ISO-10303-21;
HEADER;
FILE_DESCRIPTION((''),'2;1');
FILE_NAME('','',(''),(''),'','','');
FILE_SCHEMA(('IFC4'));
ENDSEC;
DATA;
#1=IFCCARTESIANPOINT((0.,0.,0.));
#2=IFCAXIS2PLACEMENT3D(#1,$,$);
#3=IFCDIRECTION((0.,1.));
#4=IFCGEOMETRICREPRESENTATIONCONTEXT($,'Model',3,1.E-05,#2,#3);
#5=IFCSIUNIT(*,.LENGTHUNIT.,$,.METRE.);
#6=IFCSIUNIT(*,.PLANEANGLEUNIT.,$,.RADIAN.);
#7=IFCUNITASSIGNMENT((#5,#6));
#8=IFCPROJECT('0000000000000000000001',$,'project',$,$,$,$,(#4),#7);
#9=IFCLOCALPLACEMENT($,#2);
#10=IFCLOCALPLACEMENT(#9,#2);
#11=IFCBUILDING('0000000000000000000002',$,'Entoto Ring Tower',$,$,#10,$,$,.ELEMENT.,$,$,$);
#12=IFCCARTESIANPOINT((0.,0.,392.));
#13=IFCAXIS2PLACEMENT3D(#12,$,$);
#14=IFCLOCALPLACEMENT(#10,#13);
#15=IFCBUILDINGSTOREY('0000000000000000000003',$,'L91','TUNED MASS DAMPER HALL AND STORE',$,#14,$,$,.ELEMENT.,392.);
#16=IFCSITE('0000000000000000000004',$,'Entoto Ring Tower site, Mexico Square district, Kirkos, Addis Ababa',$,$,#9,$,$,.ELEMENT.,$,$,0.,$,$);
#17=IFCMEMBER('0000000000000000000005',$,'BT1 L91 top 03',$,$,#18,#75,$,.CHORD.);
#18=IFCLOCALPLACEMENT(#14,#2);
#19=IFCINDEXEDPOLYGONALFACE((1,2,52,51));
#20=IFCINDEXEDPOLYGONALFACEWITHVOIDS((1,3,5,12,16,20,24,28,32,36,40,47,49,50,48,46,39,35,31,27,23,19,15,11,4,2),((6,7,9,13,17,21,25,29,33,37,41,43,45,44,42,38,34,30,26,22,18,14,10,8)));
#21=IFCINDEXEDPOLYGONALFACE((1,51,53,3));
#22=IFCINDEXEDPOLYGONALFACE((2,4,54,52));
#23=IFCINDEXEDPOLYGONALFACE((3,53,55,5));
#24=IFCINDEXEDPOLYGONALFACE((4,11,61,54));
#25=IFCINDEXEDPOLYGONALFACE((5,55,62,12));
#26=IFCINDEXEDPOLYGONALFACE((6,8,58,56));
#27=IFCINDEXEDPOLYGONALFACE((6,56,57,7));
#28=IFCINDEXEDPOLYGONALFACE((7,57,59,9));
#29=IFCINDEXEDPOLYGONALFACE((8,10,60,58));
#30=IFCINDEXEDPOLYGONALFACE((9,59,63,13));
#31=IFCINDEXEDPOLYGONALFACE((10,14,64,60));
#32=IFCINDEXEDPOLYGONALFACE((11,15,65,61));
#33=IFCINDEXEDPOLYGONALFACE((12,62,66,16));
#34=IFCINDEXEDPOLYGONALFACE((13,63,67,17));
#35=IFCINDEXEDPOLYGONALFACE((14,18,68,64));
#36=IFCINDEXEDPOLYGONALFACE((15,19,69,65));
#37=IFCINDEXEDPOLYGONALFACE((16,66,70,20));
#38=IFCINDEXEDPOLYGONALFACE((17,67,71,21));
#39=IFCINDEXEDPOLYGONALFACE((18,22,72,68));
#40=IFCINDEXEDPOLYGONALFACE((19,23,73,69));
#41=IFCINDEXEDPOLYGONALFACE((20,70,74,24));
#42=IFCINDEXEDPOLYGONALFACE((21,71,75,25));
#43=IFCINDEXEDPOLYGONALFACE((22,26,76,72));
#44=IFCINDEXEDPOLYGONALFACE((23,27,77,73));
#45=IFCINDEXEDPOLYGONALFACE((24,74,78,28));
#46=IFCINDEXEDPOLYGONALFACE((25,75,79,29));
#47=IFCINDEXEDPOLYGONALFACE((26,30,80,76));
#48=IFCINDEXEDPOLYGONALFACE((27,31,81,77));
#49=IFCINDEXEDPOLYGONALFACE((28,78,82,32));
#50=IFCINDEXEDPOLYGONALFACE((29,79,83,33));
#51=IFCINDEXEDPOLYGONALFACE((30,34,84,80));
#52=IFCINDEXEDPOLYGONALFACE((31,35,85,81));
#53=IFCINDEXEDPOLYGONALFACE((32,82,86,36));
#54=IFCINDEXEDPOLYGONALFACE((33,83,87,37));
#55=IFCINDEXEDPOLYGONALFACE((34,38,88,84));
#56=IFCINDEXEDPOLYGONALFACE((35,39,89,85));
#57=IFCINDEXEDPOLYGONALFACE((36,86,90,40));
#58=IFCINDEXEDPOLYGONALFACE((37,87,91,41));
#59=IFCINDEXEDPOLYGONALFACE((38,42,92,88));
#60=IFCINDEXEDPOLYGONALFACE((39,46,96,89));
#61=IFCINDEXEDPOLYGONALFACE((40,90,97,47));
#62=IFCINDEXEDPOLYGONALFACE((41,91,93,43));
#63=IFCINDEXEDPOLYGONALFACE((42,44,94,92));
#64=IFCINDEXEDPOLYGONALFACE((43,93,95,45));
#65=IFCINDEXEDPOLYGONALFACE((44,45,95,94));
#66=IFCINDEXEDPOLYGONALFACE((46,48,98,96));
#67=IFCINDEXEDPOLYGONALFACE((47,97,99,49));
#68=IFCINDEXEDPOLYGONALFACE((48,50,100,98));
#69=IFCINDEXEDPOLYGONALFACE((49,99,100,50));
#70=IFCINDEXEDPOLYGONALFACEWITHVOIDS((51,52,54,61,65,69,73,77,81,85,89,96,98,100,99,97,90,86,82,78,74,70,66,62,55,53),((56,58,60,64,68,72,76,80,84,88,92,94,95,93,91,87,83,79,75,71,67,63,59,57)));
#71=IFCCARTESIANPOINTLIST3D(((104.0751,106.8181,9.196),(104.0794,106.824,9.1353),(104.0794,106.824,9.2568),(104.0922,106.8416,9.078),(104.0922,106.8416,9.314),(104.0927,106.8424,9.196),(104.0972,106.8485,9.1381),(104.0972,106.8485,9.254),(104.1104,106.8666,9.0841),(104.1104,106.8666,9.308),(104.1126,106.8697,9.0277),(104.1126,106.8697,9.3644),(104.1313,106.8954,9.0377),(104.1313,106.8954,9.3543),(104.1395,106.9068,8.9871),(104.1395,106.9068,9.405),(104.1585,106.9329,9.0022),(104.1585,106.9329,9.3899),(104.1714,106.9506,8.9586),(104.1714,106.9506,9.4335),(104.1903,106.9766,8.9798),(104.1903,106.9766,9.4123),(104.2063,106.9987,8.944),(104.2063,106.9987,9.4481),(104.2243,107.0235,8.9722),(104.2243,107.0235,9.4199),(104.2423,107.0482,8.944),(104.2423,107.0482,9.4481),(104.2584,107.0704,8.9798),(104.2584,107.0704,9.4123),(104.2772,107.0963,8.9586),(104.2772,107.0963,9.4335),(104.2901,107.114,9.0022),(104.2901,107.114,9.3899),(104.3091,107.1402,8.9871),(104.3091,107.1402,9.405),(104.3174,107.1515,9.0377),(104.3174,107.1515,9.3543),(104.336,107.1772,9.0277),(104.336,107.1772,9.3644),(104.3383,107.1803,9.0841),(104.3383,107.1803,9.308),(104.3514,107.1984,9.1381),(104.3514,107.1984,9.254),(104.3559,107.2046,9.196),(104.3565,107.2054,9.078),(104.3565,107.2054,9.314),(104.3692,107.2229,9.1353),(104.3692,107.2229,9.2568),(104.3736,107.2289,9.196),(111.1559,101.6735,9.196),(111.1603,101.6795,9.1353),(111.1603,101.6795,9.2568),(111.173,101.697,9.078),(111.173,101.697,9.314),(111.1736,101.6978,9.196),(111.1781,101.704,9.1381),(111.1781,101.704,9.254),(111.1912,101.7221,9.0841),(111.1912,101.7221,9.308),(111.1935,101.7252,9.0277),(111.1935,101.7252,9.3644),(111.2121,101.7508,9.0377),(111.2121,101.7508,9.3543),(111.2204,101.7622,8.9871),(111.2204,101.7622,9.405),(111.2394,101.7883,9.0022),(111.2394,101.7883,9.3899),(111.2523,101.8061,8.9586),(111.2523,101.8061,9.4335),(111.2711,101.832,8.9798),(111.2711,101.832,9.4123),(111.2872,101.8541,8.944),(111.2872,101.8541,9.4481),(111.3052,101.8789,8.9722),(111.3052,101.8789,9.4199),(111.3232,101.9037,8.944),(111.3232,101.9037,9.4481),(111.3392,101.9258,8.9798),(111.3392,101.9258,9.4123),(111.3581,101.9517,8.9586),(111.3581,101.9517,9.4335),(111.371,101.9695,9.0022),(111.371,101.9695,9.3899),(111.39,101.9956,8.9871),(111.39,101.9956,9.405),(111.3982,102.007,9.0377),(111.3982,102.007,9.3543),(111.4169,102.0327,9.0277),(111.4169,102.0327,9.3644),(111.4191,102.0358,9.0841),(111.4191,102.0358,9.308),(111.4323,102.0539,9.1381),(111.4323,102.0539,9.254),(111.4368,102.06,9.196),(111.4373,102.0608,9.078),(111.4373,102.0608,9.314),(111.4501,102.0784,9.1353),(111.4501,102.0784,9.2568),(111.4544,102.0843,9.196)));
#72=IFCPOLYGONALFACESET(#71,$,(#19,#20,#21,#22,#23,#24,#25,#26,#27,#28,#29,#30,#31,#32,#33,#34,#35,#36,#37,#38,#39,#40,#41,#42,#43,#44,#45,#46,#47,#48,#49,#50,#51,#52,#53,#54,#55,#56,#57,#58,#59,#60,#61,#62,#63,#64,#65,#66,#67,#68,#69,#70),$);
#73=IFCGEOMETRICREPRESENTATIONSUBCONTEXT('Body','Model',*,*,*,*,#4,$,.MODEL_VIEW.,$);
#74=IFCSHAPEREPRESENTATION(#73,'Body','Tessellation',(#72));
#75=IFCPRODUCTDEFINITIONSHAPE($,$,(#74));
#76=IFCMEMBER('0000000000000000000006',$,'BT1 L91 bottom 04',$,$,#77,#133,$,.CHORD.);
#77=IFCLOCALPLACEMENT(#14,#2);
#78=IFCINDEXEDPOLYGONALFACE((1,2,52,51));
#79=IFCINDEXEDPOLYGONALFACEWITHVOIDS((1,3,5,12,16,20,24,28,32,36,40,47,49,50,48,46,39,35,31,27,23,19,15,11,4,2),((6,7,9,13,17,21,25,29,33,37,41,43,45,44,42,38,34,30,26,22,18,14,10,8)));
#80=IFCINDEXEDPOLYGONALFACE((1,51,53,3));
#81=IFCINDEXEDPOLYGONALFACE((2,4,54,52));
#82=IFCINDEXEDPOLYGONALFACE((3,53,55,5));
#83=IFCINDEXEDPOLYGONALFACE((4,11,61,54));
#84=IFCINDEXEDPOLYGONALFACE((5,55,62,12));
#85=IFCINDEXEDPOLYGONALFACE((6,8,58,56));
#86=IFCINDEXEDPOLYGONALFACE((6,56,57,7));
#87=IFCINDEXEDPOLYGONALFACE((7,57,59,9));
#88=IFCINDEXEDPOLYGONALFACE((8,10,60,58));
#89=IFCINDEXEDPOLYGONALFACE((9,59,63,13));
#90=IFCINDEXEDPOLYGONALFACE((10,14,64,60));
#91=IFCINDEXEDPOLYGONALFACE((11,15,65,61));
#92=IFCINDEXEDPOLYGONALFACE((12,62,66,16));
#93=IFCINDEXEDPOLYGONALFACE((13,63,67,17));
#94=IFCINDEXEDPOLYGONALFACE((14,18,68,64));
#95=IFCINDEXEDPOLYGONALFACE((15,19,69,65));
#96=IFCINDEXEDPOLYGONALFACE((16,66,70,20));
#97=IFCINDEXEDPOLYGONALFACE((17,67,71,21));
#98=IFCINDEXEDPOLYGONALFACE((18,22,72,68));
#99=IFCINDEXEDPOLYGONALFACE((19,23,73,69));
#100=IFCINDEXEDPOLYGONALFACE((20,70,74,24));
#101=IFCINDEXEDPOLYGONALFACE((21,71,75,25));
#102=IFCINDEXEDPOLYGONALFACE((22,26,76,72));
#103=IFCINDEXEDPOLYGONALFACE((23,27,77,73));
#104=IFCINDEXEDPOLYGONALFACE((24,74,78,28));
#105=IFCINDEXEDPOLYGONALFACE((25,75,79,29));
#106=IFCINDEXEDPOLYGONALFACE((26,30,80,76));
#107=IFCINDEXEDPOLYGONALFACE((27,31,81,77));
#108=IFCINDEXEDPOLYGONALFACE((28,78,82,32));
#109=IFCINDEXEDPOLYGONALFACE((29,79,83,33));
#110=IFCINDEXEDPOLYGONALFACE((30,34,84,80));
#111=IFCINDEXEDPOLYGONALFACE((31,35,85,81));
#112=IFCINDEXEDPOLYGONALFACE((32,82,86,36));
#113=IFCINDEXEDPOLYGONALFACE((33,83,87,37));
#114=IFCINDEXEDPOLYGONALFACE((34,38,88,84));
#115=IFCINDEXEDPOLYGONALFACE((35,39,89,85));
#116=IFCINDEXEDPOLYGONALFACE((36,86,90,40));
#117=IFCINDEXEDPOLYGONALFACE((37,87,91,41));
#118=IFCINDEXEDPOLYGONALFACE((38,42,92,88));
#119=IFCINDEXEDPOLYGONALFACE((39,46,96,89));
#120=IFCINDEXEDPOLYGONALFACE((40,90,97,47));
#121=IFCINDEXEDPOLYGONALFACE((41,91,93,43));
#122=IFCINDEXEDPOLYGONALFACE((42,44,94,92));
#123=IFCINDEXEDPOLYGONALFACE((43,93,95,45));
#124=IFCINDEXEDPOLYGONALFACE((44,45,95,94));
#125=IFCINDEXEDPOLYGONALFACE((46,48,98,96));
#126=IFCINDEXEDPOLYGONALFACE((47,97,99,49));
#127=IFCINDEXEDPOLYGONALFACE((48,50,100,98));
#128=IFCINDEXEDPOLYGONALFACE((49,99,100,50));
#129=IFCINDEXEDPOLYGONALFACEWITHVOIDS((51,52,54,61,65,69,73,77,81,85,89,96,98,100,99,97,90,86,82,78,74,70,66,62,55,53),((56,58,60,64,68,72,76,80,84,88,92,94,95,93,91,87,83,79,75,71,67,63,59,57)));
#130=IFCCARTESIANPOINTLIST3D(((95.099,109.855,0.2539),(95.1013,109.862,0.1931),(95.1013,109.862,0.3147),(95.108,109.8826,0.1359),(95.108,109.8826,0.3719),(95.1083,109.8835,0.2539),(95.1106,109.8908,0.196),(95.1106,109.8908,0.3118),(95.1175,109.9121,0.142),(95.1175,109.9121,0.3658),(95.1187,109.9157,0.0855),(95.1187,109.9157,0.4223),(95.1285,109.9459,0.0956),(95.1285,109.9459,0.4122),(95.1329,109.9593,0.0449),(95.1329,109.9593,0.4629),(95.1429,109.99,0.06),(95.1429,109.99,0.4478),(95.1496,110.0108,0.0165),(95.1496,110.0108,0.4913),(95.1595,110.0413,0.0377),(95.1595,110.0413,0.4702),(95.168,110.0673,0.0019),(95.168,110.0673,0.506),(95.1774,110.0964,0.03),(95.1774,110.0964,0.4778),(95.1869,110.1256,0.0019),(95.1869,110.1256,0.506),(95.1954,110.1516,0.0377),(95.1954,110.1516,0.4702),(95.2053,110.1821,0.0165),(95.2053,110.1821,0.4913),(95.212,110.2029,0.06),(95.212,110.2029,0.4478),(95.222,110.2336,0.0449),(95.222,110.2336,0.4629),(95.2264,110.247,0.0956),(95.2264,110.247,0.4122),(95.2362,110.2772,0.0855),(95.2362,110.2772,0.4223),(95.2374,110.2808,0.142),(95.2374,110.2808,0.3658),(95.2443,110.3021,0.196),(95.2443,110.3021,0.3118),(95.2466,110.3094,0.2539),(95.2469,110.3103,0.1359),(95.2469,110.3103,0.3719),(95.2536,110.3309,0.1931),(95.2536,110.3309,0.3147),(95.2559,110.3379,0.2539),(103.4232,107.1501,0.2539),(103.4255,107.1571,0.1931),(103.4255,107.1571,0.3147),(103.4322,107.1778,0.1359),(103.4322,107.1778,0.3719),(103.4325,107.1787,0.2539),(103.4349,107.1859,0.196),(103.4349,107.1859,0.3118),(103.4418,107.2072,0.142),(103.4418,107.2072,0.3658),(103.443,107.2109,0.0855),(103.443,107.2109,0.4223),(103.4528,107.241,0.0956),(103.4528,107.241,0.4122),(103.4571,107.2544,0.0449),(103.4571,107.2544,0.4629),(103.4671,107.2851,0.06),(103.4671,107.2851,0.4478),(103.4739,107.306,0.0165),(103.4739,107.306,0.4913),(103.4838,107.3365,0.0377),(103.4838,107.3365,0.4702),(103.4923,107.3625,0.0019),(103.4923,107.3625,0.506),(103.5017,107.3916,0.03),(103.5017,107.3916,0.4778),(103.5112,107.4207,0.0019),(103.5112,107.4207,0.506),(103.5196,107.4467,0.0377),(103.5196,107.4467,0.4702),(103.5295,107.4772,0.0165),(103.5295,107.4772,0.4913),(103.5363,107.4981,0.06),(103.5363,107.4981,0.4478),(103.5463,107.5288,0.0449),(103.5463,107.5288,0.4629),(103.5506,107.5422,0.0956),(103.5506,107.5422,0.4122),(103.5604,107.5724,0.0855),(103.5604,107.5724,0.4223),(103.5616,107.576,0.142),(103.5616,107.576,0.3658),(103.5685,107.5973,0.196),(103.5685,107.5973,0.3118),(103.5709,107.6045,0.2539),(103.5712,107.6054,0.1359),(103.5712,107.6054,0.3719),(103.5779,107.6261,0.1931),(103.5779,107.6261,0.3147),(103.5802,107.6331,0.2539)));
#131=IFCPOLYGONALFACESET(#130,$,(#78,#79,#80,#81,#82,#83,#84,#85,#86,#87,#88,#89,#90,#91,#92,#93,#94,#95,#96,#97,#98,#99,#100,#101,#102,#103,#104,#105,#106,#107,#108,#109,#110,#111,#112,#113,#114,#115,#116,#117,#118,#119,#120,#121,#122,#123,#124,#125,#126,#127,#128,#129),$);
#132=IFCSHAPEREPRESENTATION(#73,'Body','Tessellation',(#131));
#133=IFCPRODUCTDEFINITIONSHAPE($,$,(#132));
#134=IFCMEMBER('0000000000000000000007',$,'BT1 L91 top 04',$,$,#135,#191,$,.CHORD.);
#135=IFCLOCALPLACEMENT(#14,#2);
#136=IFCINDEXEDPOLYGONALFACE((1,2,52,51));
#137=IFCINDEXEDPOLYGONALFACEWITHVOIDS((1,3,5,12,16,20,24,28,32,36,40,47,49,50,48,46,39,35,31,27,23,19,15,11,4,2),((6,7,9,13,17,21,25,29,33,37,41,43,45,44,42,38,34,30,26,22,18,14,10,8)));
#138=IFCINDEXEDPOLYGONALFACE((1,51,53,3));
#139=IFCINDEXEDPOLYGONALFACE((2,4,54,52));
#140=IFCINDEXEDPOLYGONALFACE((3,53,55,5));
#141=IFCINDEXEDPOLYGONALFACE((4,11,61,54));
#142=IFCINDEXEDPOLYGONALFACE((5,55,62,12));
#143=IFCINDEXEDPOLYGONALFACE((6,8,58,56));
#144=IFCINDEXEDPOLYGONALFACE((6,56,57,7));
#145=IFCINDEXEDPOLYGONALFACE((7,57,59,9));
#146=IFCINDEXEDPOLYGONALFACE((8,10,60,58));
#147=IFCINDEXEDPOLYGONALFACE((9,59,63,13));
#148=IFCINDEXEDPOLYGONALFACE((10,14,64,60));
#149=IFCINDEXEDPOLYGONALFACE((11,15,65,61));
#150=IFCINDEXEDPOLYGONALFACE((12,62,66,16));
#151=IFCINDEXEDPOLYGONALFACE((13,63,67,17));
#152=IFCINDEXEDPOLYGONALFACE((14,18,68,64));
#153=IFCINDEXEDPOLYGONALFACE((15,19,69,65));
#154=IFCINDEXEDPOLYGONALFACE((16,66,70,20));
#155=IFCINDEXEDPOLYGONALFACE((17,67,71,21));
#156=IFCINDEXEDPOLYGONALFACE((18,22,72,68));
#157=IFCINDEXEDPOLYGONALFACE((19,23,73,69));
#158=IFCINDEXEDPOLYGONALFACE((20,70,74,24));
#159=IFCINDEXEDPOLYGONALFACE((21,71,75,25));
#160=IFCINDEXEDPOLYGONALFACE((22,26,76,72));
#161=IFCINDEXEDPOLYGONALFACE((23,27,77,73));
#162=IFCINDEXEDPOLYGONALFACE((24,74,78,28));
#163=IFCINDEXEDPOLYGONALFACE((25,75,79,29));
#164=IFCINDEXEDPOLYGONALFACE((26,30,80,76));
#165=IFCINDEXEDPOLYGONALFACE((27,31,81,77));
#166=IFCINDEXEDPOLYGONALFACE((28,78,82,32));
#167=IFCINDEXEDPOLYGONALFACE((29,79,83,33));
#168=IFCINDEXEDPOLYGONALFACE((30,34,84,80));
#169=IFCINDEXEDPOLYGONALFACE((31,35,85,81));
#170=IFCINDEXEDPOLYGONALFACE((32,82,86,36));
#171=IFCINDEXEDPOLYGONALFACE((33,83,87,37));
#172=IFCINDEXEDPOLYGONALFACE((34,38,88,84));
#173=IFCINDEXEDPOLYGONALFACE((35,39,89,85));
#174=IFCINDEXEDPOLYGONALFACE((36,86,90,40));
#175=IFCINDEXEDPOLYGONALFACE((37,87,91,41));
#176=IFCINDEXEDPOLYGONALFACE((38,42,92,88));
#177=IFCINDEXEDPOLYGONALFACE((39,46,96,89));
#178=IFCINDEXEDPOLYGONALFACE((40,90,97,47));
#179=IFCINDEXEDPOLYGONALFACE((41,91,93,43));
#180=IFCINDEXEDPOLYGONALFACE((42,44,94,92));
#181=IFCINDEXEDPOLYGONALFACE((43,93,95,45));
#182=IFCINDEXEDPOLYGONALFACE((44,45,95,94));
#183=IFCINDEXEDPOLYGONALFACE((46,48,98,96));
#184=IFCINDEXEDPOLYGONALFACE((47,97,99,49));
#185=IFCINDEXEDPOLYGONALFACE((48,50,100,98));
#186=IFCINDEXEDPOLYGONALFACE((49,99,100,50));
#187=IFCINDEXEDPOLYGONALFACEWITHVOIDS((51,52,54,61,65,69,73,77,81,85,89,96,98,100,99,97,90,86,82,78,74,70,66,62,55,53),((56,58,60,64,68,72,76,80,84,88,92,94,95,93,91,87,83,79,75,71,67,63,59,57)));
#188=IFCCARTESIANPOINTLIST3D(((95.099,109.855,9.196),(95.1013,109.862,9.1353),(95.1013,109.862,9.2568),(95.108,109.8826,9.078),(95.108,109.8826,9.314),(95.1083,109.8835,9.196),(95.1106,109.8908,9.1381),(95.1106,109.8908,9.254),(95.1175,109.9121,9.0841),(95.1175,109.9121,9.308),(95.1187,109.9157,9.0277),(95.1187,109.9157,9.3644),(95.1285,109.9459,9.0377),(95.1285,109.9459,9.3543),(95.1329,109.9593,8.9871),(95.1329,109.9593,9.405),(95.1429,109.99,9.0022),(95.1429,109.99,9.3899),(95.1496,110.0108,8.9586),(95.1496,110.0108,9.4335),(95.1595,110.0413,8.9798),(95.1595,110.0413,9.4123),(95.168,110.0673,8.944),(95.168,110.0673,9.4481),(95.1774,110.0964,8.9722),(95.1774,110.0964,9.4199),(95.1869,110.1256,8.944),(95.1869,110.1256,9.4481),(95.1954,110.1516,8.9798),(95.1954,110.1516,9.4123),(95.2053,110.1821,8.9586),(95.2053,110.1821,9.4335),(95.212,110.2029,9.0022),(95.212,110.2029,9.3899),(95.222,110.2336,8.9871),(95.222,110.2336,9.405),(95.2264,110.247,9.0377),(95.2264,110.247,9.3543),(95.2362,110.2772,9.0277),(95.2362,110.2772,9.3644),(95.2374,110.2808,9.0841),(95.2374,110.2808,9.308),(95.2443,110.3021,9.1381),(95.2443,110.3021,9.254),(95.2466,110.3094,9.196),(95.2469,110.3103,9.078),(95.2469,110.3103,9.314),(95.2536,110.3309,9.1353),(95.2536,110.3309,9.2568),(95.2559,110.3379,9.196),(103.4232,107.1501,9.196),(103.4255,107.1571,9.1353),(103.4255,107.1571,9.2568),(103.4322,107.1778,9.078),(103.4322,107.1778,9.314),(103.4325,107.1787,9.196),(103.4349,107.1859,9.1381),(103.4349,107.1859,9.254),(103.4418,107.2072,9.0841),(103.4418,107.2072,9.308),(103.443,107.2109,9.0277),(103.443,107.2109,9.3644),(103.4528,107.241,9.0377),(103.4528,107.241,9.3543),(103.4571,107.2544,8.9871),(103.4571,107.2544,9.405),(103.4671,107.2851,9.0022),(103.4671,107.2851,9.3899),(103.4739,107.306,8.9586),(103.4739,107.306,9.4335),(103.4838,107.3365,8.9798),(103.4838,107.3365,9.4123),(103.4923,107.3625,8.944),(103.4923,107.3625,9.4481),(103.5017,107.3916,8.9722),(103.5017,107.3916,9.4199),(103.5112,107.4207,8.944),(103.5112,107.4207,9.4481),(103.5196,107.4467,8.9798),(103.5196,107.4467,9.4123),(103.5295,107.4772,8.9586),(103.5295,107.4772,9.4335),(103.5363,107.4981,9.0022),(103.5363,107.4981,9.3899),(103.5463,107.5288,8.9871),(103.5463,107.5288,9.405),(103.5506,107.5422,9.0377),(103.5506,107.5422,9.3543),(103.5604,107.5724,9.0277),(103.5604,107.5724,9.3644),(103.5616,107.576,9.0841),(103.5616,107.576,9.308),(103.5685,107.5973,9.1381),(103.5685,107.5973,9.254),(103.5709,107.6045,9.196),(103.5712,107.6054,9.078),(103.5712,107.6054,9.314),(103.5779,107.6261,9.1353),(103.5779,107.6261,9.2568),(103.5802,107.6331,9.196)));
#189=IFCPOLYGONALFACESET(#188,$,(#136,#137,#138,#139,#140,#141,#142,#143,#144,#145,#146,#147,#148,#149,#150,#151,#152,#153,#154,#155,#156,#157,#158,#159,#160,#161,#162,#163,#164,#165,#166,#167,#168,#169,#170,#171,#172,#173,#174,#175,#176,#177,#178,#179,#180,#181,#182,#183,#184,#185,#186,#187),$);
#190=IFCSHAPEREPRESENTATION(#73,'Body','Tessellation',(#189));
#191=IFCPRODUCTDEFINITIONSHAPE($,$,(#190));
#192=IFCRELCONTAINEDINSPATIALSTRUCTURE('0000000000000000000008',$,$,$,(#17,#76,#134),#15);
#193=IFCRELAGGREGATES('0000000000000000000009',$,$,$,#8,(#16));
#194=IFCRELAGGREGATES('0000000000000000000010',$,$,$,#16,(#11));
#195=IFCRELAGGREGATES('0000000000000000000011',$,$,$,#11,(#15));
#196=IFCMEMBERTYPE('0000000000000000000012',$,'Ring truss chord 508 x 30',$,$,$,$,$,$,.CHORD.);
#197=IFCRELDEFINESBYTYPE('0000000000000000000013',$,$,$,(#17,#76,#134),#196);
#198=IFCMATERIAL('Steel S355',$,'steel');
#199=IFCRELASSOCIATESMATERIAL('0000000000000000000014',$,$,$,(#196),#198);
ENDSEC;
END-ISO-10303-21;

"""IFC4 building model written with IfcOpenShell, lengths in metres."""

from ifc_helpers import new_model, si_unit, direction, frame, origin, origin_2d, place, context, subcontext, project, spatial, circle, hollow_circle, extrude, material, material_profile, profile_set, type_object, element, save


model = new_model("IFC4")

# Units and contexts
model_context = context("Model", 3, precision=1e-05, world=origin(), true_north=direction((0.0, 1.0)))
body_context = subcontext(model_context, "Body", "Model", "MODEL_VIEW")
ifc_project = project(units=[si_unit("LENGTHUNIT", "METRE"), si_unit("PLANEANGLEUNIT", "RADIAN")], contexts=[model_context])

# Site, building, storey
site_placement = place(None, origin())
site = spatial("IfcSite", under=ifc_project, at=site_placement, Name="Entoto Ring Tower site, Mexico Square district, Kirkos, Addis Ababa", CompositionType="ELEMENT", RefElevation=0.0)
building_placement = place(site_placement, origin())
building = spatial("IfcBuilding", under=site, at=building_placement, Name="Entoto Ring Tower", CompositionType="ELEMENT")
storey_placement = place(building_placement, frame((0.0, 0.0, 392.0)))
storey = spatial("IfcBuildingStorey", under=building, at=storey_placement, Name="L91", Description="TUNED MASS DAMPER HALL AND STORE", CompositionType="ELEMENT", Elevation=392.0)

# Members
ifc_material_1 = material(Name="Steel S355", Category="steel")
ifc_material_profile_1 = material_profile(ifc_material_1, hollow_circle(Radius=0.2539, WallThickness=0.03, at=origin_2d()), Name="CHS 508 x 30")
ifc_material_2 = material(Name="Concrete C60/75", Category="concrete")
ifc_material_profile_2 = material_profile(ifc_material_2, circle(Radius=0.2241, at=origin_2d()), Name="Concrete C60/75 infill")
ifc_profile_set_1 = profile_set([ifc_material_profile_1, ifc_material_profile_2], Name="Steel S355")
member_type_1 = type_object("IfcMemberType", Name="Ring truss chord 508 x 30", PredefinedType="CHORD", material=ifc_profile_set_1)
for number, where, z_axis, x_axis, name in (
    (1, (111.3052, 101.8789, 9.196), (-0.809016, 0.587787, 0.0), (-0.587787, -0.809016, 0.0), "BT1 L91 top 03"),
):
    element("IfcMember", number, at=place(storey_placement, frame(where, z_axis=z_axis, x_axis=x_axis)), inside=storey, type_object=member_type_1, Name=name, PredefinedType="CHORD", context=body_context, shape_type="SweptSolid", body=[
        extrude(hollow_circle(Radius=0.2539, WallThickness=0.03, at=origin_2d()), origin(), (0.0, 0.0, 1.0), 8.7524),
    ])
for number, where, z_axis, x_axis, name in (
    (2, (103.5017, 107.3916, 0.2539), (-0.951052, 0.309031, 0.0), (-0.309031, -0.951052, 0.0), "BT1 L91 bottom 04"),
    (3, (103.5017, 107.3916, 9.196), (-0.951052, 0.309031, 0.0), (-0.309031, -0.951052, 0.0), "BT1 L91 top 04"),
):
    element("IfcMember", number, at=place(storey_placement, frame(where, z_axis=z_axis, x_axis=x_axis)), inside=storey, type_object=member_type_1, Name=name, PredefinedType="CHORD", context=body_context, shape_type="SweptSolid", body=[
        extrude(hollow_circle(Radius=0.2539, WallThickness=0.03, at=origin_2d()), origin(), (0.0, 0.0, 1.0), 8.7527),
    ])

save(model, "model.ifc")
